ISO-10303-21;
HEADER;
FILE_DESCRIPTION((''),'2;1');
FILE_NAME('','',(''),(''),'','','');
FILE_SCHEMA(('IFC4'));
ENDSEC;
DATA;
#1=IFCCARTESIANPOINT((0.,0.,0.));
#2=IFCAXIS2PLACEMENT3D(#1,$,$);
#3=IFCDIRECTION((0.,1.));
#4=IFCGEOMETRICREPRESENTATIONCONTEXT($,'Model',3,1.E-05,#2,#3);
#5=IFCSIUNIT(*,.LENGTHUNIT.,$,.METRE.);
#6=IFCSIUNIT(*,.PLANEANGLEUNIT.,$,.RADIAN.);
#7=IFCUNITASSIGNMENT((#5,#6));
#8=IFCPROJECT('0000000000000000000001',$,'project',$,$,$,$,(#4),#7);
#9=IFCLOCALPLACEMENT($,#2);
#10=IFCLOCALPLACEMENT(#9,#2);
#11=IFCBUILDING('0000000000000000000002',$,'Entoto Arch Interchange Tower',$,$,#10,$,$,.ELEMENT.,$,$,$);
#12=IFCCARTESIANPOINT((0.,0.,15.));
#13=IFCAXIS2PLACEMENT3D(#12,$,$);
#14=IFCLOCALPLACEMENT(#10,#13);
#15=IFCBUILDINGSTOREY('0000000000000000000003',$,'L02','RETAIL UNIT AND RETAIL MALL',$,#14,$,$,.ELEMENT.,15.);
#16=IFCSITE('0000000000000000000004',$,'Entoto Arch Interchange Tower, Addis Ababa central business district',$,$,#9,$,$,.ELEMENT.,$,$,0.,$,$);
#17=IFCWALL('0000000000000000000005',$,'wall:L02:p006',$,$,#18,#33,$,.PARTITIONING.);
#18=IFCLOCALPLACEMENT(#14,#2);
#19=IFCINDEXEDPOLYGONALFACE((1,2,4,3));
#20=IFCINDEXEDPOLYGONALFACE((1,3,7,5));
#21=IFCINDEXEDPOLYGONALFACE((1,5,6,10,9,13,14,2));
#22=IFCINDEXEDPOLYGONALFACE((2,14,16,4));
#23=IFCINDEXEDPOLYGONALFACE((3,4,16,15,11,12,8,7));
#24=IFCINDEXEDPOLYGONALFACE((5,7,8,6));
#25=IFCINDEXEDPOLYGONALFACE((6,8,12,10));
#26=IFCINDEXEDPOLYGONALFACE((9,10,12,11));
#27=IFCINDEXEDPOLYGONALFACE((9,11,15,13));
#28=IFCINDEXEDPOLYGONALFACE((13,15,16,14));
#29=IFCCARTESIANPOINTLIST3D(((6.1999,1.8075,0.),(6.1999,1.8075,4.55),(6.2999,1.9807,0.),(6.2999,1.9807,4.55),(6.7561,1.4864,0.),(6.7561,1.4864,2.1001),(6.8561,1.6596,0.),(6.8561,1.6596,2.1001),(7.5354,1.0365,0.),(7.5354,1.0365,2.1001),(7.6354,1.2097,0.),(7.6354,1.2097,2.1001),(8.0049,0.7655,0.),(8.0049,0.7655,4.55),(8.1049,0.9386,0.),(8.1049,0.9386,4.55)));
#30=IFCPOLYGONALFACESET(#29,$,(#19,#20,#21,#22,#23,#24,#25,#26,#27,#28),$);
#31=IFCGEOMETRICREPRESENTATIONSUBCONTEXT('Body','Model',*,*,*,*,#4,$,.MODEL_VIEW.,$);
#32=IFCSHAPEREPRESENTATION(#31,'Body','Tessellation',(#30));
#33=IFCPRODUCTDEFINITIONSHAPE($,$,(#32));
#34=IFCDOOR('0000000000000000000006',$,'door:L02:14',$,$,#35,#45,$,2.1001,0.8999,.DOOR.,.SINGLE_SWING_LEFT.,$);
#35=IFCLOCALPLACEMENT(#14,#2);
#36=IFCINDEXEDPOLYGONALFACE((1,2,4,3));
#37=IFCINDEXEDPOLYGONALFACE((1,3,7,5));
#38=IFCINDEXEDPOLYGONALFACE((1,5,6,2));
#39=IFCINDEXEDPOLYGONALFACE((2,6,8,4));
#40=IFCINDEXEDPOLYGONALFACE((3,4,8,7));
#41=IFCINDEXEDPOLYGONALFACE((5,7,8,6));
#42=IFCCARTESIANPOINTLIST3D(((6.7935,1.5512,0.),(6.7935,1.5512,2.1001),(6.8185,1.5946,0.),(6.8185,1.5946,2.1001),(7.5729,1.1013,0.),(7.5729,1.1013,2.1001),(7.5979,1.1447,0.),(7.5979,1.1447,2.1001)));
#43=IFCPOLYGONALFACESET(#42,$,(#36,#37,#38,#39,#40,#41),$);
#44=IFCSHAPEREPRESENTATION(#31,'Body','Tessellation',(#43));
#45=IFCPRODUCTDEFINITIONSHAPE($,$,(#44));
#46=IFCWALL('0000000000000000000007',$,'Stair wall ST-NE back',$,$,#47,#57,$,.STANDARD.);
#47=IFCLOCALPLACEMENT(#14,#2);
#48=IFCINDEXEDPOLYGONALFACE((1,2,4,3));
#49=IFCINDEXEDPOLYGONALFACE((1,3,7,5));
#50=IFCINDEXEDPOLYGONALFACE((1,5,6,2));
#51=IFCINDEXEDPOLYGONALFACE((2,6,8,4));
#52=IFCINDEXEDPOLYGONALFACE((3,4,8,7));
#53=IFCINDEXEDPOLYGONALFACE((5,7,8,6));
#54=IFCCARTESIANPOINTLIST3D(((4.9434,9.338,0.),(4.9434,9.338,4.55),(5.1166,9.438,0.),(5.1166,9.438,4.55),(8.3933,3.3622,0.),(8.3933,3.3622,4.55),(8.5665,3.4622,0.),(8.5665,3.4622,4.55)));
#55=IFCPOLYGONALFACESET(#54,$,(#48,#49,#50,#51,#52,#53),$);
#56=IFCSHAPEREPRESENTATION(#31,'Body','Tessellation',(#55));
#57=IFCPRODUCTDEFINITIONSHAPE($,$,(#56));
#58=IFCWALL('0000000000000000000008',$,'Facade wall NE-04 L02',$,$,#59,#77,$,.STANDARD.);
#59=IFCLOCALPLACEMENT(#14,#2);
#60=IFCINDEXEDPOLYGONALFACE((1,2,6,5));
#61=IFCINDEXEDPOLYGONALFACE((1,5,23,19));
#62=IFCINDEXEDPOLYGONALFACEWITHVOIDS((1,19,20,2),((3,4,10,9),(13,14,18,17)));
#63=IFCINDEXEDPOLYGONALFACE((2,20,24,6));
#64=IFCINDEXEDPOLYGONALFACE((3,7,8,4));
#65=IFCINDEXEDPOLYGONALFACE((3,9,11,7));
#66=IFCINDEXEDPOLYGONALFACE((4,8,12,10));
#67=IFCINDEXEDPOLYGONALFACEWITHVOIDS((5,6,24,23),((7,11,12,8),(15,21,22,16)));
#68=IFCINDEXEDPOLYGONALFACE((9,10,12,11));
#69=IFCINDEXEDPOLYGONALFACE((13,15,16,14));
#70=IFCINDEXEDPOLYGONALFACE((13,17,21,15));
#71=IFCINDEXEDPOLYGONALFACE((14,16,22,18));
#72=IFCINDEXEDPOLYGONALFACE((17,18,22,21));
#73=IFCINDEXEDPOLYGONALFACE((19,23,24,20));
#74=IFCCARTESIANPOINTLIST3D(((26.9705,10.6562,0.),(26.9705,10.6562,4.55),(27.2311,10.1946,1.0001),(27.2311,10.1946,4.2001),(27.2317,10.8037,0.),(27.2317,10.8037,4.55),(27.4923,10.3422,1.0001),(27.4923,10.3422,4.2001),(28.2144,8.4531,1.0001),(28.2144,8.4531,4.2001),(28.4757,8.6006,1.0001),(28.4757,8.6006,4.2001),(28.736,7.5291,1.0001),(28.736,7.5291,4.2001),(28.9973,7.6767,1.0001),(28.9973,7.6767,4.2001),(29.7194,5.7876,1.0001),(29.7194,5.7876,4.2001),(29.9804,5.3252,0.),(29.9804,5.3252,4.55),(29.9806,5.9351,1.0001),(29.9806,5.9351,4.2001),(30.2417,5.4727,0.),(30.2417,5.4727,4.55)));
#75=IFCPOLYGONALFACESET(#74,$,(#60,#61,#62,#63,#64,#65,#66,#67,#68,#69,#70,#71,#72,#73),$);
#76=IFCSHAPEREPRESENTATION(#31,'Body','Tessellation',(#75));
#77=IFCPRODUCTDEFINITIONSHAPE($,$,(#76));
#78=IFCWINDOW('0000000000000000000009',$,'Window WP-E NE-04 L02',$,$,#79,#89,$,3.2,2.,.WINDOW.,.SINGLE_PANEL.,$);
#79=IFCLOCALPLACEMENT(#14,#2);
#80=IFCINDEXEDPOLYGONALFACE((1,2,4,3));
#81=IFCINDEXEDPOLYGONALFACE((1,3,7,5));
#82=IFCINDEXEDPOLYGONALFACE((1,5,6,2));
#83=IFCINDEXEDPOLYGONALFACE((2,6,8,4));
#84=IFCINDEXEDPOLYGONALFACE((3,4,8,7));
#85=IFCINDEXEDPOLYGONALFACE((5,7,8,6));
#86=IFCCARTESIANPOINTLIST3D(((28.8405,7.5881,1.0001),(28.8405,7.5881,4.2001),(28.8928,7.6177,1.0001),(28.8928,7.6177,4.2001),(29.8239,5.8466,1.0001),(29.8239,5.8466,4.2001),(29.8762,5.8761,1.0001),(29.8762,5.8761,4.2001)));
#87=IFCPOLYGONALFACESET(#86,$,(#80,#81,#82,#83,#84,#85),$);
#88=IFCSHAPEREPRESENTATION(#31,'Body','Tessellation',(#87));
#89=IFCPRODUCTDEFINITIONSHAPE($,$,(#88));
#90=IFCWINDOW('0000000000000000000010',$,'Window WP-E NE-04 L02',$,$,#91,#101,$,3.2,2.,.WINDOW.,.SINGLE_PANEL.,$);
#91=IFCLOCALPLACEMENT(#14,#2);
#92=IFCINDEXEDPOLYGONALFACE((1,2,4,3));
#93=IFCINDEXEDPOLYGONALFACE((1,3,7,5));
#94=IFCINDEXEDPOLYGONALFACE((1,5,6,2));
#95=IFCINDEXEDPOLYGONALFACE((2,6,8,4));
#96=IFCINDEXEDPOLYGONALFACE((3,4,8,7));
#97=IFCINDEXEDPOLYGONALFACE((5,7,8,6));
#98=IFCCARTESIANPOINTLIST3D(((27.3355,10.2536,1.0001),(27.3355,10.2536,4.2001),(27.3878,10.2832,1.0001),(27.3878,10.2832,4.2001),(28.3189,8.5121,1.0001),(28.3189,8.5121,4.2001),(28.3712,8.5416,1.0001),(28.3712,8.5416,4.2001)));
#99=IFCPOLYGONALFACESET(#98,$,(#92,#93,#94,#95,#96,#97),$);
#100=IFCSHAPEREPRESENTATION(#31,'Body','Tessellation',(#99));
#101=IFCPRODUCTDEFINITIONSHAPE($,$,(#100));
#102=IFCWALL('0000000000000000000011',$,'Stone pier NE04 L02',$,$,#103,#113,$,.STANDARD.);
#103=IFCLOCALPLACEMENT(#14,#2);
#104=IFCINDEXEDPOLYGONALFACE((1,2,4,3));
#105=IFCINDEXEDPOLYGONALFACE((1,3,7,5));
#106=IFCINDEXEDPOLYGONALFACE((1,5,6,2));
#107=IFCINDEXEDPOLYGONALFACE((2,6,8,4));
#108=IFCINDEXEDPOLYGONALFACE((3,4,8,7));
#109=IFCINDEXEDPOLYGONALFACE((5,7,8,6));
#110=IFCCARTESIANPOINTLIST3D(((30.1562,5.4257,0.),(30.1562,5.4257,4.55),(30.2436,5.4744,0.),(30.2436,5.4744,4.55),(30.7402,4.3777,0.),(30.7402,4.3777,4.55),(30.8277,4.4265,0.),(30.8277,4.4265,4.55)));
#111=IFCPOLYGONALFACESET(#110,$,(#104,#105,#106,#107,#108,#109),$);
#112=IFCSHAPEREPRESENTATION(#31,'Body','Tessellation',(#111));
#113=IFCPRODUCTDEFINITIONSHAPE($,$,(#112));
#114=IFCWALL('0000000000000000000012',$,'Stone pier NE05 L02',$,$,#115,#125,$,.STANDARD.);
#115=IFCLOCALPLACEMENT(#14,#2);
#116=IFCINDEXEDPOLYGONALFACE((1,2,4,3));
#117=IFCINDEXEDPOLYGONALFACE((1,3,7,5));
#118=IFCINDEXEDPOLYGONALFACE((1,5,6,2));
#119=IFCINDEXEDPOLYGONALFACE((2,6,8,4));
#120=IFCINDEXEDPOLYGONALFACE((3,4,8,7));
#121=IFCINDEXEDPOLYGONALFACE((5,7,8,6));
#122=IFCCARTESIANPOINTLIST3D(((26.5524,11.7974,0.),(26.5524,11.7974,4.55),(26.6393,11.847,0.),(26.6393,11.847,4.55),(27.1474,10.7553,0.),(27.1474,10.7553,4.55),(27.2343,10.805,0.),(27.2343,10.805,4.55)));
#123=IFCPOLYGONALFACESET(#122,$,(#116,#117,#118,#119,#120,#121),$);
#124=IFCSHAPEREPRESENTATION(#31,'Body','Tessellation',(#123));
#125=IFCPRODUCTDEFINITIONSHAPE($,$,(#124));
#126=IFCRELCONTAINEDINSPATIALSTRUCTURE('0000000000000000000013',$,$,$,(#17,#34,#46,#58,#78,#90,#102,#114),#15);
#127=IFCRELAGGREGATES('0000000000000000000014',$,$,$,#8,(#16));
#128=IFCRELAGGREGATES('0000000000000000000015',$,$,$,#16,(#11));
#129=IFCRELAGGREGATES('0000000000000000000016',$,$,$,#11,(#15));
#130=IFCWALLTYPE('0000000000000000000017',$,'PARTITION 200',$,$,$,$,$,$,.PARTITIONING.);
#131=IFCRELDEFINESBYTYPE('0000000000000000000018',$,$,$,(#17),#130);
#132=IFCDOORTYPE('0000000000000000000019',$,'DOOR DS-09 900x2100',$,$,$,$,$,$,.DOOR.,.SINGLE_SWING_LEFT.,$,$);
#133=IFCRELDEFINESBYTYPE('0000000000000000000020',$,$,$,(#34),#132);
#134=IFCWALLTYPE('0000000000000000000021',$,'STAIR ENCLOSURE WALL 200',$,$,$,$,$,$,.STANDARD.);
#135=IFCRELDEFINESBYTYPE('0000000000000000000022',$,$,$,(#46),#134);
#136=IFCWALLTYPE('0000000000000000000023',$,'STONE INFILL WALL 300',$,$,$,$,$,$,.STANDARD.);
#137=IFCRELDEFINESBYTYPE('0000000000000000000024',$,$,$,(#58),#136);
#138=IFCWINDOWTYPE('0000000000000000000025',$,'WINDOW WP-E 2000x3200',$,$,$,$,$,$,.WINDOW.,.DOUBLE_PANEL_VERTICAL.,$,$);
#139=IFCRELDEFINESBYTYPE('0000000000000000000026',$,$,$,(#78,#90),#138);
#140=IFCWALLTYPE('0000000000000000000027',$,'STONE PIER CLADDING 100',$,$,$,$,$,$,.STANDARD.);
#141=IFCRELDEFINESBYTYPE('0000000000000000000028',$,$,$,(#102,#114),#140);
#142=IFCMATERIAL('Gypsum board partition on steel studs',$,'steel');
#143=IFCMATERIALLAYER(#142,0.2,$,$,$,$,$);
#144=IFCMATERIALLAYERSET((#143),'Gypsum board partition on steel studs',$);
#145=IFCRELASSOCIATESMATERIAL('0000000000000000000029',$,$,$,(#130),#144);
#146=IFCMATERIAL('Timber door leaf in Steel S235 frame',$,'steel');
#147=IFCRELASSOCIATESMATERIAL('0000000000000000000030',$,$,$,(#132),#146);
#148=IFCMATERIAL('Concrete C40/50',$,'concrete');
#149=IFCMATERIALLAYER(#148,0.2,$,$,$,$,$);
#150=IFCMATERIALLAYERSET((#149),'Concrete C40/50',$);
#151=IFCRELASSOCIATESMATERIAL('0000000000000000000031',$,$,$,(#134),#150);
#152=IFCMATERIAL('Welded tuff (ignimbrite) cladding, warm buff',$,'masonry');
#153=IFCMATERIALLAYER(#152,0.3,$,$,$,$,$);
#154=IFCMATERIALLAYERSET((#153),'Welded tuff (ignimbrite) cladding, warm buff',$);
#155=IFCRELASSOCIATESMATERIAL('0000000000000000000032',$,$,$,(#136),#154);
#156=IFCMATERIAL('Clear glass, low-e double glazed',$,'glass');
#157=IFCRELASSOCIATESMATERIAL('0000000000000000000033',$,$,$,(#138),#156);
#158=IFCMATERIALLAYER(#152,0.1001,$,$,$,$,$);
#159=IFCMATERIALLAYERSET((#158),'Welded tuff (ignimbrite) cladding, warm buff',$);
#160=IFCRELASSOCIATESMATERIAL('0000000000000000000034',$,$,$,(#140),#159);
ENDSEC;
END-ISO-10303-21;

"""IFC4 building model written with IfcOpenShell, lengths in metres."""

from ifc_helpers import new_model, si_unit, direction, frame, frame_2d, origin, place, context, subcontext, project, spatial, rectangle, extrude, material, layer, layer_set, type_object, element, fill, save


model = new_model("IFC4")

# Units and contexts
model_context = context("Model", 3, precision=1e-05, world=origin(), true_north=direction((0.0, 1.0)))
body_context = subcontext(model_context, "Body", "Model", "MODEL_VIEW")
ifc_project = project(units=[si_unit("LENGTHUNIT", "METRE"), si_unit("PLANEANGLEUNIT", "RADIAN")], contexts=[model_context])

# Site, building, storey
site_placement = place(None, origin())
site = spatial("IfcSite", under=ifc_project, at=site_placement, Name="Entoto Arch Interchange Tower, Addis Ababa central business district", CompositionType="ELEMENT", RefElevation=0.0)
building_placement = place(site_placement, origin())
building = spatial("IfcBuilding", under=site, at=building_placement, Name="Entoto Arch Interchange Tower", CompositionType="ELEMENT")
storey_placement = place(building_placement, frame((0.0, 0.0, 15.0)))
storey = spatial("IfcBuildingStorey", under=building, at=storey_placement, Name="L02", Description="RETAIL UNIT AND RETAIL MALL", CompositionType="ELEMENT", Elevation=15.0)

# Shared definitions
ifc_material_1 = material(Name="Concrete C40/50", Category="concrete")
ifc_material_2 = material(Name="Gypsum board partition on steel studs", Category="steel")

# Shared definitions
ifc_material_3 = material(Name="Timber door leaf in Steel S235 frame", Category="steel")

# Shared definitions
ifc_layer_1 = layer(ifc_material_2, 0.2)
ifc_layer_set_1 = layer_set([ifc_layer_1], Name="Gypsum board partition on steel studs")
wall_type_1 = type_object("IfcWallType", Name="PARTITION 200", PredefinedType="PARTITIONING", material=ifc_layer_set_1)

# Wall, opening, door
wall_1_placement = place(storey_placement, frame((6.25, 1.894, 0.0), z_axis=(0.0, 0.0, 1.0), x_axis=(0.866043, -0.499969, 0.0)))
wall_1 = element("IfcWall", 1, at=wall_1_placement, inside=storey, type_object=wall_type_1, Name="wall:L02:p006", PredefinedType="PARTITIONING", context=body_context, shape_type="SweptSolid", body=[
    extrude(rectangle(XDim=2.0842, YDim=0.2, at=frame_2d((1.042, 0.0))), origin(), (0.0, 0.0, 1.0), 4.55),
])
opening_1_placement = place(wall_1_placement, frame((0.6421, 0.0, 0.0)))
opening_1 = element("IfcOpeningElement", 2, at=opening_1_placement, cuts=wall_1, PredefinedType="OPENING", context=body_context, shape_type="SweptSolid", body=[
    extrude(rectangle(XDim=0.8999, YDim=2.1001, at=frame_2d((0.45, 1.05))), frame((0.0, 0.1099, 0.0), z_axis=(0.0, -1.0, 0.0), x_axis=(1.0, 0.0, 0.0)), (0.0, 0.0, 1.0), 0.22),
])
door_type_1 = type_object("IfcDoorType", Name="DOOR DS-09 900x2100", OperationType="SINGLE_SWING_LEFT", PredefinedType="DOOR", material=ifc_material_3)
door_1_placement = place(opening_1_placement, origin())
door_1 = element("IfcDoor", 3, at=door_1_placement, inside=storey, type_object=door_type_1, Name="door:L02:14", OperationType="SINGLE_SWING_LEFT", OverallHeight=2.1001, OverallWidth=0.8999, PredefinedType="DOOR", context=body_context, shape_type="SweptSolid", body=[
    extrude(rectangle(XDim=0.8999, YDim=2.1001, at=frame_2d((0.45, 1.05))), frame((0.0, 0.0249, 0.0), z_axis=(0.0, -1.0, 0.0), x_axis=(1.0, 0.0, 0.0)), (0.0, 0.0, 1.0), 0.05),
])
fill(opening_1, door_1)

# Wall
ifc_layer_2 = layer(ifc_material_1, 0.2)
ifc_layer_set_2 = layer_set([ifc_layer_2], Name="Concrete C40/50")
wall_type_2 = type_object("IfcWallType", Name="STAIR ENCLOSURE WALL 200", PredefinedType="STANDARD", material=ifc_layer_set_2)
wall_2_placement = place(storey_placement, frame((8.48, 3.4121, 0.0), z_axis=(0.0, 0.0, 1.0), x_axis=(-0.499979, 0.866038, 0.0)))
element("IfcWall", 4, at=wall_2_placement, inside=storey, type_object=wall_type_2, Name="Stair wall ST-NE back", PredefinedType="STANDARD", context=body_context, shape_type="SweptSolid", body=[
    extrude(rectangle(XDim=6.9001, YDim=0.2, at=frame_2d((3.4502, 0.0))), origin(), (0.0, 0.0, 1.0), 4.55),
])

# Wall, openings, windows
ifc_material_4 = material(Name="Welded tuff (ignimbrite) cladding, warm buff", Category="masonry")
ifc_layer_3 = layer(ifc_material_4, 0.3)
ifc_layer_set_3 = layer_set([ifc_layer_3], Name="Welded tuff (ignimbrite) cladding, warm buff")
wall_type_3 = type_object("IfcWallType", Name="STONE INFILL WALL 300", PredefinedType="STANDARD", material=ifc_layer_set_3)
wall_3_placement = place(storey_placement, frame((30.1111, 5.3989, 0.0), z_axis=(0.0, 0.0, 1.0), x_axis=(-0.491662, 0.870786, 0.0)))
wall_3 = element("IfcWall", 5, at=wall_3_placement, inside=storey, type_object=wall_type_3, Name="Facade wall NE-04 L02", PredefinedType="STANDARD", context=body_context, shape_type="SweptSolid", body=[
    extrude(rectangle(XDim=6.1221, YDim=0.3, at=frame_2d((3.061, 0.0))), origin(), (0.0, 0.0, 1.0), 4.55),
])
opening_2_placement = place(wall_3_placement, frame((0.531, 0.0, 1.0)))
opening_2 = element("IfcOpeningElement", 6, at=opening_2_placement, cuts=wall_3, PredefinedType="OPENING", context=body_context, shape_type="SweptSolid", body=[
    extrude(rectangle(XDim=2.0, YDim=3.2, at=frame_2d((1.0, 1.6001))), frame((0.0, 0.1602, 0.0), z_axis=(0.0, -1.0, 0.0), x_axis=(1.0, 0.0, 0.0)), (0.0, 0.0, 1.0), 0.3201),
])
opening_3_placement = place(wall_3_placement, frame((3.592, 0.0, 1.0)))
opening_3 = element("IfcOpeningElement", 7, at=opening_3_placement, cuts=wall_3, PredefinedType="OPENING", context=body_context, shape_type="SweptSolid", body=[
    extrude(rectangle(XDim=2.0, YDim=3.2, at=frame_2d((1.0, 1.6001))), frame((0.0, 0.1602, 0.0), z_axis=(0.0, -1.0, 0.0), x_axis=(1.0, 0.0, 0.0)), (0.0, 0.0, 1.0), 0.3201),
])
ifc_material_5 = material(Name="Clear glass, low-e double glazed", Category="glass")
window_type = type_object("IfcWindowType", Name="WINDOW WP-E 2000x3200", PartitioningType="DOUBLE_PANEL_VERTICAL", PredefinedType="WINDOW", material=ifc_material_5)
window_1_placement = place(opening_2_placement, origin())
window_1 = element("IfcWindow", 8, at=window_1_placement, inside=storey, type_object=window_type, Name="Window WP-E NE-04 L02", OverallHeight=3.2, OverallWidth=2.0, PartitioningType="SINGLE_PANEL", PredefinedType="WINDOW", context=body_context, shape_type="SweptSolid", body=[
    extrude(rectangle(XDim=2.0, YDim=3.2, at=frame_2d((1.0, 1.6001))), frame((0.0, 0.03, 0.0), z_axis=(0.0, -1.0, 0.0), x_axis=(1.0, 0.0, 0.0)), (0.0, 0.0, 1.0), 0.0601),
])
fill(opening_2, window_1)
window_2_placement = place(opening_3_placement, origin())
window_2 = element("IfcWindow", 9, at=window_2_placement, inside=storey, type_object=window_type, Name="Window WP-E NE-04 L02", OverallHeight=3.2, OverallWidth=2.0, PartitioningType="SINGLE_PANEL", PredefinedType="WINDOW", context=body_context, shape_type="SweptSolid", body=[
    extrude(rectangle(XDim=2.0, YDim=3.2, at=frame_2d((1.0, 1.6001))), frame((0.0, 0.03, 0.0), z_axis=(0.0, -1.0, 0.0), x_axis=(1.0, 0.0, 0.0)), (0.0, 0.0, 1.0), 0.0601),
])
fill(opening_3, window_2)

# Walls
ifc_layer_4 = layer(ifc_material_4, 0.1001)
ifc_layer_set_4 = layer_set([ifc_layer_4], Name="Welded tuff (ignimbrite) cladding, warm buff")
wall_type_4 = type_object("IfcWallType", Name="STONE PIER CLADDING 100", PredefinedType="STANDARD", material=ifc_layer_set_4)
wall_4_placement = place(storey_placement, frame((30.7839, 4.4021, 0.0), z_axis=(0.0, 0.0, 1.0), x_axis=(-0.486818, 0.873504, 0.0)))
element("IfcWall", 10, at=wall_4_placement, inside=storey, type_object=wall_type_4, Name="Stone pier NE04 L02", PredefinedType="STANDARD", context=body_context, shape_type="SweptSolid", body=[
    extrude(rectangle(XDim=1.1997, YDim=0.1001, at=frame_2d((0.5999, 0.0))), origin(), (0.0, 0.0, 1.0), 4.55),
])
wall_5_placement = place(storey_placement, frame((27.1909, 10.78, 0.0), z_axis=(0.0, 0.0, 1.0), x_axis=(-0.495854, 0.868406, 0.0)))
element("IfcWall", 11, at=wall_5_placement, inside=storey, type_object=wall_type_4, Name="Stone pier NE05 L02", PredefinedType="STANDARD", context=body_context, shape_type="SweptSolid", body=[
    extrude(rectangle(XDim=1.2, YDim=0.1001, at=frame_2d((0.6001, 0.0))), origin(), (0.0, 0.0, 1.0), 4.55),
])

save(model, "model.ifc")
